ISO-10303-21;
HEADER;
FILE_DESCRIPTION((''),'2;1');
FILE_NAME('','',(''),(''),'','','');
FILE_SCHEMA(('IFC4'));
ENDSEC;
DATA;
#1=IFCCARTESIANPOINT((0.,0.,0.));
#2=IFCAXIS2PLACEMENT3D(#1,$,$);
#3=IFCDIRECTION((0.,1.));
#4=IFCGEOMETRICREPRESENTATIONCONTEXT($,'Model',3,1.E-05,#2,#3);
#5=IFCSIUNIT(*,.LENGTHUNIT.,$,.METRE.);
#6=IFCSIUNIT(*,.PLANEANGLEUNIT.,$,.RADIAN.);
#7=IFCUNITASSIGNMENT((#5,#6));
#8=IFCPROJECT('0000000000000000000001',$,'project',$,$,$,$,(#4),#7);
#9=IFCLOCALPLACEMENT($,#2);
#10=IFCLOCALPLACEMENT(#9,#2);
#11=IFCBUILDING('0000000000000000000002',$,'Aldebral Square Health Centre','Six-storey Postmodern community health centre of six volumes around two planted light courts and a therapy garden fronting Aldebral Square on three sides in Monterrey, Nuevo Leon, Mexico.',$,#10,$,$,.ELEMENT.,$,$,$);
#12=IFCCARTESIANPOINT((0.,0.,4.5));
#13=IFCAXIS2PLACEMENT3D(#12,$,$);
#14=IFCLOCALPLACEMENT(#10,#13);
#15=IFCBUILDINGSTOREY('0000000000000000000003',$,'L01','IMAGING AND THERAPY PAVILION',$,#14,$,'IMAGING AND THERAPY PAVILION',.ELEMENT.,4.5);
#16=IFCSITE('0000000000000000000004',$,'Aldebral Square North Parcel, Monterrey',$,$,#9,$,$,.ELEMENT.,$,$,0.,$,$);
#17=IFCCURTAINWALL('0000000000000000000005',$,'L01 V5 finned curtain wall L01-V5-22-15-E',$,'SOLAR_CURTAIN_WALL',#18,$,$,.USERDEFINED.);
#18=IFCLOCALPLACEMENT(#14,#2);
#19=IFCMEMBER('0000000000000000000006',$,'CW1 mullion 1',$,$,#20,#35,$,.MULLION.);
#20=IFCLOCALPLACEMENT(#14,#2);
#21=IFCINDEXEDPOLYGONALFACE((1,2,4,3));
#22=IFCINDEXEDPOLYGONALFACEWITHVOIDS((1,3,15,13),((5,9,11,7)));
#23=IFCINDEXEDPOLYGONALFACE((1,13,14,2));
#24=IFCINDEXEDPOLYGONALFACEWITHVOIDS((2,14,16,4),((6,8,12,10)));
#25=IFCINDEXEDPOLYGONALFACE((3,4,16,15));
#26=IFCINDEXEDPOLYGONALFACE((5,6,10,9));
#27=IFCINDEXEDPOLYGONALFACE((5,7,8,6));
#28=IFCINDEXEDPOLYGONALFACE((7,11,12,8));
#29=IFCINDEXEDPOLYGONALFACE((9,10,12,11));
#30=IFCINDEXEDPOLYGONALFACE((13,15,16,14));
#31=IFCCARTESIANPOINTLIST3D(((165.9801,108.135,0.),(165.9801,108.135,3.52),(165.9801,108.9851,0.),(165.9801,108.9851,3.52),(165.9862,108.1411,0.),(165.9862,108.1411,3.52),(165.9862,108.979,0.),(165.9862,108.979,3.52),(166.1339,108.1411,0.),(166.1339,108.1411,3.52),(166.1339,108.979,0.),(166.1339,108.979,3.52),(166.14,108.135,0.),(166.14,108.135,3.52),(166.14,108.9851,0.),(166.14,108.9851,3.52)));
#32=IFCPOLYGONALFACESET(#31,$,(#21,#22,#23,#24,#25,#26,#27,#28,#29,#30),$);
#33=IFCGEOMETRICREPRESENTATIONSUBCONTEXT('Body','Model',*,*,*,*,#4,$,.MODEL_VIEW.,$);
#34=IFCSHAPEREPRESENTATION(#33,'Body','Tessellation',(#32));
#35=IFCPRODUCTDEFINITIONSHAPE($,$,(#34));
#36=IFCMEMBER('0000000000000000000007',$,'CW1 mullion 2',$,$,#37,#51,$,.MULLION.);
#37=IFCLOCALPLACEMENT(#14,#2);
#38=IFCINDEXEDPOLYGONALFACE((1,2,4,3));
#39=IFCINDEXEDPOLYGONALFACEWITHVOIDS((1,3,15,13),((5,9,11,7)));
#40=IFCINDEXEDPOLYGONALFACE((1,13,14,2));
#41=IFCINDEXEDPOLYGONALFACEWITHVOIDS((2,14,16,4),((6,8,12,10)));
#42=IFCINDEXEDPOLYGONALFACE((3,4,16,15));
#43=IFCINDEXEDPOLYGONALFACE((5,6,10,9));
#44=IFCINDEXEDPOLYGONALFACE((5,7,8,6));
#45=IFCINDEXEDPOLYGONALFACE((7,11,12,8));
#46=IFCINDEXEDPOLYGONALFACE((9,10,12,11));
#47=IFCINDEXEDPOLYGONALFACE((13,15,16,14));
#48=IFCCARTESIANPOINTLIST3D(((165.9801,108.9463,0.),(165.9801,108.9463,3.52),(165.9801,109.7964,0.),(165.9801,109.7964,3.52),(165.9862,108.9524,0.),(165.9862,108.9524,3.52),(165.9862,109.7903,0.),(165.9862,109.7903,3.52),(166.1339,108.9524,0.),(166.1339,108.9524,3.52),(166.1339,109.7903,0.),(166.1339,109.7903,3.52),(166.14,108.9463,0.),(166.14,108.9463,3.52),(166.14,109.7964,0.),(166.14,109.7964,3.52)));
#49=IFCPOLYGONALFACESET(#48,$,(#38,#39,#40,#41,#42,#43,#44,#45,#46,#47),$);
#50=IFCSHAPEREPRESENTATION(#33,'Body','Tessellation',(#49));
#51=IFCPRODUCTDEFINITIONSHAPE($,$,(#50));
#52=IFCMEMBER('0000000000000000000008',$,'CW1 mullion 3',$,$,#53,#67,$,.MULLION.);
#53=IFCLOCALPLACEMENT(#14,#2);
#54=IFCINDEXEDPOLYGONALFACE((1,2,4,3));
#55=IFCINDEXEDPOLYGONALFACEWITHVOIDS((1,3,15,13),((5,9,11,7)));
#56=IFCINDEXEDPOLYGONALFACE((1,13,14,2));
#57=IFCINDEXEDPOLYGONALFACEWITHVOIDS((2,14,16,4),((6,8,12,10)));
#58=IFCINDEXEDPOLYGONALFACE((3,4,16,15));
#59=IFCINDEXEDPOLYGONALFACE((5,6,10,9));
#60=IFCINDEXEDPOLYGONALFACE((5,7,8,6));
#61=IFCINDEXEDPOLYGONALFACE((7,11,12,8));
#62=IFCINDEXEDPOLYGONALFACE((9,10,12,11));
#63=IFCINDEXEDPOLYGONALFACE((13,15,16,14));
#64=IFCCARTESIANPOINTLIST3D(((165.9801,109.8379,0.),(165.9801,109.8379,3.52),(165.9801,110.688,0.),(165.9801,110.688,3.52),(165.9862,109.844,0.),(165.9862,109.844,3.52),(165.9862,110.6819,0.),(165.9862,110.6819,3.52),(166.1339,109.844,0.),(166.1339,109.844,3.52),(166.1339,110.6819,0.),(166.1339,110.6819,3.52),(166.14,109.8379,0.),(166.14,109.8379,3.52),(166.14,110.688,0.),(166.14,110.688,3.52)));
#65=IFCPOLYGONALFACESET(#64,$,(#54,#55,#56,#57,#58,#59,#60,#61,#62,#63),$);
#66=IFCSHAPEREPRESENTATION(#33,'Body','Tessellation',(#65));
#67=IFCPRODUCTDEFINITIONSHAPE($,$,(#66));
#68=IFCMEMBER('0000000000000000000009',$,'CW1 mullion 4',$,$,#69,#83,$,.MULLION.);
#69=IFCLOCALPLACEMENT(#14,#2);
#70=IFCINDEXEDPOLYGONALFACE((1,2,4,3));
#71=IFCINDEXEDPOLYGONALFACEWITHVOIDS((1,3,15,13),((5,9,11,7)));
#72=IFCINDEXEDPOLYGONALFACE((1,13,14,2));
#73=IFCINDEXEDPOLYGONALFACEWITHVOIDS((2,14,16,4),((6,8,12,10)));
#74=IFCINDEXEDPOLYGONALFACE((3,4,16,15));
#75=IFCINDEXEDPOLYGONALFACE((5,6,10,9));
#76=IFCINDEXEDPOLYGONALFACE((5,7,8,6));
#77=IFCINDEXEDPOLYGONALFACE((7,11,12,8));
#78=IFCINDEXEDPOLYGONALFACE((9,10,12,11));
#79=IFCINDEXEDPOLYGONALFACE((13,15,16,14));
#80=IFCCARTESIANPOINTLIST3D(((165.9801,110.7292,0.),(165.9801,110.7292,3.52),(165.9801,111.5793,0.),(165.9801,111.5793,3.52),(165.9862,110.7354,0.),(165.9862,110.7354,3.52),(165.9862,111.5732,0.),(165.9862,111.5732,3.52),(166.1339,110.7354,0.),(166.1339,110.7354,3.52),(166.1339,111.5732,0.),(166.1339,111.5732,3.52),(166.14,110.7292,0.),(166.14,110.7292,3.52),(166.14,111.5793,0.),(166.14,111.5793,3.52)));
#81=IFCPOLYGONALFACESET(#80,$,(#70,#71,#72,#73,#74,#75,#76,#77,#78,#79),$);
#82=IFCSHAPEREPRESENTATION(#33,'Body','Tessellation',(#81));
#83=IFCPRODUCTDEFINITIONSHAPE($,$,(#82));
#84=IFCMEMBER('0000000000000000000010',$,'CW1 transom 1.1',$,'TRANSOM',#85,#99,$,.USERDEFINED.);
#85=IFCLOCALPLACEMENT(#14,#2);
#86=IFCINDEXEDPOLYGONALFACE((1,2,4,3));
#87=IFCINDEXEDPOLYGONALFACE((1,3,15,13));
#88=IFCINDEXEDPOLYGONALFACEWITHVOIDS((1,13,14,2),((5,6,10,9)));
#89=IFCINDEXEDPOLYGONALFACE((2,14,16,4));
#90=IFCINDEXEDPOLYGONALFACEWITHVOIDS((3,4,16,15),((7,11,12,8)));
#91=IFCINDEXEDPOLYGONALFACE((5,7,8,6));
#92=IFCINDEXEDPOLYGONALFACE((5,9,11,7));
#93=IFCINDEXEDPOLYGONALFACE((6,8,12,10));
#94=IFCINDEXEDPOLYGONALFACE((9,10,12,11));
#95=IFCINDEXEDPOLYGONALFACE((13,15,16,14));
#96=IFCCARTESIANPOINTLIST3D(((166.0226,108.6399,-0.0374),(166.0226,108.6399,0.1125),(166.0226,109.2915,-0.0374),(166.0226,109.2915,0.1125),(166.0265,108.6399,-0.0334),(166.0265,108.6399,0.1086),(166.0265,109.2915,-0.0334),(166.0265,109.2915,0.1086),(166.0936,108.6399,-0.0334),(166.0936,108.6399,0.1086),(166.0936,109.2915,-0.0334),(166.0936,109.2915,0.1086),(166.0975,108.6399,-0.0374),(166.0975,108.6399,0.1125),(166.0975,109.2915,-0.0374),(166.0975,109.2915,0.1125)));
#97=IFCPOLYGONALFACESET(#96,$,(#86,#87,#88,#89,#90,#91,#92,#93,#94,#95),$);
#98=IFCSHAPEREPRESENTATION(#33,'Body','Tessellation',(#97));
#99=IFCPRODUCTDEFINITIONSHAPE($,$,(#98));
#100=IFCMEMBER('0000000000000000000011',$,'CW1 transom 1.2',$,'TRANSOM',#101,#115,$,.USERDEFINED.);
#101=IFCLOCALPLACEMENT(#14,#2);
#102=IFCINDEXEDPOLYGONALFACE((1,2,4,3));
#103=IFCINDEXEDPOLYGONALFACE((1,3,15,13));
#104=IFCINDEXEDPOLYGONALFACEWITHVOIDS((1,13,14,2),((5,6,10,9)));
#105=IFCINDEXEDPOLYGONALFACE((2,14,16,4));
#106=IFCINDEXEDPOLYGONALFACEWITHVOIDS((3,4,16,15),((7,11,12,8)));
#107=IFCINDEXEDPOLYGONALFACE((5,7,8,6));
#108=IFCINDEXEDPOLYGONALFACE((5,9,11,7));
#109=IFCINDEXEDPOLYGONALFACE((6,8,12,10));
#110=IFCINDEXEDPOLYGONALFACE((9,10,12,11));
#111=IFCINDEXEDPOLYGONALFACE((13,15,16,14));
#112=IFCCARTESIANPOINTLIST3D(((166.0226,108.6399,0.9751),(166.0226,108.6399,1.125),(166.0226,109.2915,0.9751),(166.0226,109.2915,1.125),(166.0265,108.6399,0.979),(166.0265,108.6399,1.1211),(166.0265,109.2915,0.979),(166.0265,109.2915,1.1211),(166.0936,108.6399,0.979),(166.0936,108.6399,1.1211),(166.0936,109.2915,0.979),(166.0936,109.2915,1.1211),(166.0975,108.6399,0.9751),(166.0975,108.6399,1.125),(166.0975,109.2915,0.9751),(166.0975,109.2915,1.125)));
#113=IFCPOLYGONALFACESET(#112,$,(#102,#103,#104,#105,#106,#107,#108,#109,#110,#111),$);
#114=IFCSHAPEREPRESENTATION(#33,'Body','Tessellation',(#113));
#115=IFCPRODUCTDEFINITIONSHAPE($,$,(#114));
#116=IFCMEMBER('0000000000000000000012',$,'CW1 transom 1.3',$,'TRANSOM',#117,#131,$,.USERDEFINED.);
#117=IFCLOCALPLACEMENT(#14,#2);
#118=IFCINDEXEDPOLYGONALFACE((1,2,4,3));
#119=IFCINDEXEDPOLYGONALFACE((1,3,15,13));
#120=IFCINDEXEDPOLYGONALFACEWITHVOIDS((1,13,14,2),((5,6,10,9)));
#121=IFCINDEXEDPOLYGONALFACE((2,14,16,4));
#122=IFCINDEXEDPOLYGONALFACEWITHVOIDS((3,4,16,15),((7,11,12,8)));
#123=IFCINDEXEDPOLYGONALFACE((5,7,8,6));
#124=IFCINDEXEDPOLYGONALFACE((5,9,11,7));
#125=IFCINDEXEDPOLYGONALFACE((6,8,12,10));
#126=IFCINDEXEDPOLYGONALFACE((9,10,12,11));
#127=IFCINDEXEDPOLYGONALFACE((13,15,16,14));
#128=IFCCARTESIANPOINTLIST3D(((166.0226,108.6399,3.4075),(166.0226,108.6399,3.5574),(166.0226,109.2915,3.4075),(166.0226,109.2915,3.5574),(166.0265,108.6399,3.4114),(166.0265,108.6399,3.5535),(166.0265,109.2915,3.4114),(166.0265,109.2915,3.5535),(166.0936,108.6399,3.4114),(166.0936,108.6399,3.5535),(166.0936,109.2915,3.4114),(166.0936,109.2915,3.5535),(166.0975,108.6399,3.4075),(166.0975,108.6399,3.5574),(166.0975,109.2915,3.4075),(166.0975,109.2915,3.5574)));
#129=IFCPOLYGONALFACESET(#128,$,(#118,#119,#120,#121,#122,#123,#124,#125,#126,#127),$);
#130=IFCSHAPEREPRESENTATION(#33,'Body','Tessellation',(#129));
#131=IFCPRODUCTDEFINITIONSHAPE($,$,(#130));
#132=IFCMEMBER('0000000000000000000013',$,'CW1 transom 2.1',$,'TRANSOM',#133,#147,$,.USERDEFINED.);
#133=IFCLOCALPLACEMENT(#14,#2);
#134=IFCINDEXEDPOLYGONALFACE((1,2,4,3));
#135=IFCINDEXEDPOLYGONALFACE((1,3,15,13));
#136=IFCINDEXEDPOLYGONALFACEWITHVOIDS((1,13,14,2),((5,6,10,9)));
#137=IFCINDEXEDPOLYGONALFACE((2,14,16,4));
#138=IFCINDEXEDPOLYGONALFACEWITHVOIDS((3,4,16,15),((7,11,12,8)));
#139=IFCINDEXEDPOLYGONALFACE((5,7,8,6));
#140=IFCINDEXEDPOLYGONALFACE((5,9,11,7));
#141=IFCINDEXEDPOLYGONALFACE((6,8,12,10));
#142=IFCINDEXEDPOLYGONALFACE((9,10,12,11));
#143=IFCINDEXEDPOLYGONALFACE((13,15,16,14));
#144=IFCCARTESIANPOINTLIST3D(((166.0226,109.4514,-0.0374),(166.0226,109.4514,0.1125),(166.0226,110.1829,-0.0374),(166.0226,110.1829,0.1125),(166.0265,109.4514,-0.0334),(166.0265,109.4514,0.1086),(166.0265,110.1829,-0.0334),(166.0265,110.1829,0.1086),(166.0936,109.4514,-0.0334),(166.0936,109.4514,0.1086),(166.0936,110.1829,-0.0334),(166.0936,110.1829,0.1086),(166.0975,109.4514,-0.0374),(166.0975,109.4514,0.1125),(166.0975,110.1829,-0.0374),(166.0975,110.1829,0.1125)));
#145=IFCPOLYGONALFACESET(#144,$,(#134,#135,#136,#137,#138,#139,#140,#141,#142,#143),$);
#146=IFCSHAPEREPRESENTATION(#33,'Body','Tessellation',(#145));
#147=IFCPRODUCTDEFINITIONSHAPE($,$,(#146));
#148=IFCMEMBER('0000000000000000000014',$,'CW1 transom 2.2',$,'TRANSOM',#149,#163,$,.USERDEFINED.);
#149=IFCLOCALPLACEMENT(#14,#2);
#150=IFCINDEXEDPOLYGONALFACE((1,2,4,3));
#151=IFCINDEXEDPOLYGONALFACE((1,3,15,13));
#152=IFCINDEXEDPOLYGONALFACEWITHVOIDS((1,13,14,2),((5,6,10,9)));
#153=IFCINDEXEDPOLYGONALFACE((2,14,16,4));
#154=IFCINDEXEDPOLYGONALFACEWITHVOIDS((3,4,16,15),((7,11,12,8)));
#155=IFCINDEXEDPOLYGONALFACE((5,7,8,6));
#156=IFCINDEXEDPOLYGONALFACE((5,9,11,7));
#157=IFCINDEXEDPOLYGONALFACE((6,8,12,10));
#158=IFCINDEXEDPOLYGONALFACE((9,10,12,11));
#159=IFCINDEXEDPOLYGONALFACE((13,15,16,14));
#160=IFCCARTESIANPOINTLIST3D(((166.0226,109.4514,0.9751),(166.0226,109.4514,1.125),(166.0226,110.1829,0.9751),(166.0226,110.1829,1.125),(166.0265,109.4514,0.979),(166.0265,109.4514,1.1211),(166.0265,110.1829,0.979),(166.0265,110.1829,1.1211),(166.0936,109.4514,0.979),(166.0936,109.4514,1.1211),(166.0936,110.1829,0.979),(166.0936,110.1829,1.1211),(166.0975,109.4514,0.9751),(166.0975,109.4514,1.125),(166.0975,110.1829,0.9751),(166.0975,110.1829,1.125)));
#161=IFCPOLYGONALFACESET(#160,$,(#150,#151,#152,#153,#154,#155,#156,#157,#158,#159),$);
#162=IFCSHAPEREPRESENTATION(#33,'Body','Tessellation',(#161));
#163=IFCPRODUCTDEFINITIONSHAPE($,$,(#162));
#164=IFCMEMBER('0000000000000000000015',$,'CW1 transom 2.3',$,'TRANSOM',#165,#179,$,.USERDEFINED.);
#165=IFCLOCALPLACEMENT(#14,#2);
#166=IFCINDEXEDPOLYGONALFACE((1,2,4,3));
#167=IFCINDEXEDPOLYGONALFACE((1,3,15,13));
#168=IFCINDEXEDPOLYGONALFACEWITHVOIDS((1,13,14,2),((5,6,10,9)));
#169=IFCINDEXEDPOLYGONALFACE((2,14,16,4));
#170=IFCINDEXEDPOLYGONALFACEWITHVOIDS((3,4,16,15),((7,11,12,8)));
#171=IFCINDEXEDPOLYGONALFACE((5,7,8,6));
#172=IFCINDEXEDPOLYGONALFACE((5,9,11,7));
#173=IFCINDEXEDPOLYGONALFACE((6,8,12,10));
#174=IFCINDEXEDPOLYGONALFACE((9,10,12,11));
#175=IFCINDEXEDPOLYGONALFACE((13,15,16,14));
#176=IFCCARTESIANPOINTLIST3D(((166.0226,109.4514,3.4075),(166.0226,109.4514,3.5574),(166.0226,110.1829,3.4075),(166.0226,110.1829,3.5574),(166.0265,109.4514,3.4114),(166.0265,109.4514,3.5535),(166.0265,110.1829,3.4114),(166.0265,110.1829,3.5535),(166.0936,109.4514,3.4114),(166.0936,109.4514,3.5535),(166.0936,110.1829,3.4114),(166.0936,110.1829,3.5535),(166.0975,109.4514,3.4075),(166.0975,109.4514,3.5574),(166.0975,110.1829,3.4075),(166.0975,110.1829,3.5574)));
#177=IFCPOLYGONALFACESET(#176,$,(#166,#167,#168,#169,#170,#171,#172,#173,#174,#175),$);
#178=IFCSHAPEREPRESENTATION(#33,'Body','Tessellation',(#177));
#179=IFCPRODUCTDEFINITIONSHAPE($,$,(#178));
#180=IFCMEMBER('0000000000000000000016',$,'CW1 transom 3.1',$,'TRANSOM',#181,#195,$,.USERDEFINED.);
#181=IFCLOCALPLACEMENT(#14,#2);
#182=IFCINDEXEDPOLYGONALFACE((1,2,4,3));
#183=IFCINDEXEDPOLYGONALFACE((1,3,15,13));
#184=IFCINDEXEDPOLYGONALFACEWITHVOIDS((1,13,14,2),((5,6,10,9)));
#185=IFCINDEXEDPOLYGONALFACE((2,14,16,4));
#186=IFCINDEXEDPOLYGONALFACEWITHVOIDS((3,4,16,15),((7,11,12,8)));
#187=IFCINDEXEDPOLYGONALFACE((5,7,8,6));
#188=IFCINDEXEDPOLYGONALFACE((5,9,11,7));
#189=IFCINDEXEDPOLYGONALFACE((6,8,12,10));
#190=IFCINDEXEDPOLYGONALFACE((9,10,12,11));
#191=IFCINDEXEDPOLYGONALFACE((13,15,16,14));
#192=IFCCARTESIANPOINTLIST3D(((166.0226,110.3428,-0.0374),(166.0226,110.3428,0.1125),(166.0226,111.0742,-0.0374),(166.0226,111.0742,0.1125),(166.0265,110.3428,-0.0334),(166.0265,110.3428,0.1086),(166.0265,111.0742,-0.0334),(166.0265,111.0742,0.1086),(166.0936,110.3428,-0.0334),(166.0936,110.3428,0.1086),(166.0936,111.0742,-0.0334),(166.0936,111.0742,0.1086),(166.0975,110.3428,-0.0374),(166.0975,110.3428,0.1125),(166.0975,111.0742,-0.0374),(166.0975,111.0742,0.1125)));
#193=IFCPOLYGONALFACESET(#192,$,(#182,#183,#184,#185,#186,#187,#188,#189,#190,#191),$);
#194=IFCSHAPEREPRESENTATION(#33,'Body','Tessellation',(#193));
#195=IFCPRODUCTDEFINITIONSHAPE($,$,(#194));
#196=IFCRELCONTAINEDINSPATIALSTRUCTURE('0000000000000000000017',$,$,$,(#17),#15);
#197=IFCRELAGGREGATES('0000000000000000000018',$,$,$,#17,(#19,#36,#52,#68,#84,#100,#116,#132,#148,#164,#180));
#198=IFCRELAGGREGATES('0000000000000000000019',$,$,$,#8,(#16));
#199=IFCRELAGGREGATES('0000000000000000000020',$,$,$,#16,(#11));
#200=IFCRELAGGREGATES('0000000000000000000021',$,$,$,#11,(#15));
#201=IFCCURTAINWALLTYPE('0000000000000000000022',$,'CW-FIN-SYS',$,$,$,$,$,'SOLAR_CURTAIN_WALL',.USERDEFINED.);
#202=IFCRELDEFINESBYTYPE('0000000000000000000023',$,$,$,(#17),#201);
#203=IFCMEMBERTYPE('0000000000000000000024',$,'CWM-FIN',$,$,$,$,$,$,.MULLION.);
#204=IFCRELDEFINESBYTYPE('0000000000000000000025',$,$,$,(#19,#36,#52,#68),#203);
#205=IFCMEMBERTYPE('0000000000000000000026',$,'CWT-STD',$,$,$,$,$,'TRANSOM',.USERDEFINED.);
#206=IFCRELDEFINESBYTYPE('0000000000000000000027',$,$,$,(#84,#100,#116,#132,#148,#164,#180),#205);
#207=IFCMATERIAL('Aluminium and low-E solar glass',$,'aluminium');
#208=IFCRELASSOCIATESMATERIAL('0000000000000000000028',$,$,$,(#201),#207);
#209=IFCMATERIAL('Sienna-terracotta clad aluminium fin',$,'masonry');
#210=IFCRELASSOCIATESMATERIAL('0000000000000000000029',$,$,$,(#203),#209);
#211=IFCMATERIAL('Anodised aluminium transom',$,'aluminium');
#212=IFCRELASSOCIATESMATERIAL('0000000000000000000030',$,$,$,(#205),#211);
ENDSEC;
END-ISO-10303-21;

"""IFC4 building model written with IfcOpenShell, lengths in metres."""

from ifc_helpers import new_model, si_unit, direction, frame, origin, origin_2d, place, context, subcontext, project, spatial, hollow_rectangle, extrude, material, material_profile, profile_set, type_object, element, aggregate, save


model = new_model("IFC4")

# Units and contexts
model_context = context("Model", 3, precision=1e-05, world=origin(), true_north=direction((0.0, 1.0)))
body_context = subcontext(model_context, "Body", "Model", "MODEL_VIEW")
ifc_project = project(units=[si_unit("LENGTHUNIT", "METRE"), si_unit("PLANEANGLEUNIT", "RADIAN")], contexts=[model_context])

# Site, building, storey
site_placement = place(None, origin())
site = spatial("IfcSite", under=ifc_project, at=site_placement, Name="Aldebral Square North Parcel, Monterrey", CompositionType="ELEMENT", RefElevation=0.0)
building_placement = place(site_placement, origin())
building = spatial("IfcBuilding", under=site, at=building_placement, Name="Aldebral Square Health Centre", Description="Six-storey Postmodern community health centre of six volumes around two planted light courts and a therapy garden fronting Aldebral Square on three sides in Monterrey, Nuevo Leon, Mexico.", CompositionType="ELEMENT")
storey_placement = place(building_placement, frame((0.0, 0.0, 4.5)))
storey = spatial("IfcBuildingStorey", under=building, at=storey_placement, Name="L01", Description="IMAGING AND THERAPY PAVILION", LongName="IMAGING AND THERAPY PAVILION", CompositionType="ELEMENT", Elevation=4.5)

# Curtain wall, members
ifc_material_1 = material(Name="Aluminium and low-E solar glass", Category="aluminium")
curtain_wall_type = type_object("IfcCurtainWallType", Name="CW-FIN-SYS", ElementType="SOLAR_CURTAIN_WALL", PredefinedType="USERDEFINED", material=ifc_material_1)
curtain_wall_placement = place(storey_placement, origin())
curtain_wall = element("IfcCurtainWall", 1, at=curtain_wall_placement, inside=storey, type_object=curtain_wall_type, Name="L01 V5 finned curtain wall L01-V5-22-15-E", ObjectType="SOLAR_CURTAIN_WALL", PredefinedType="USERDEFINED")
ifc_material_2 = material(Name="Sienna-terracotta clad aluminium fin", Category="masonry")
ifc_material_profile_1 = material_profile(ifc_material_2, hollow_rectangle(XDim=0.1599, YDim=0.8501, WallThickness=0.0061, at=origin_2d()), Name="FIN 160x850x6")
ifc_profile_set_1 = profile_set([ifc_material_profile_1], Name="Sienna-terracotta clad aluminium fin")
member_type_1 = type_object("IfcMemberType", Name="CWM-FIN", PredefinedType="MULLION", material=ifc_profile_set_1)
member_1_placement = place(storey_placement, frame((166.0601, 108.5601, 0.0), z_axis=(0.0, 0.0, 1.0), x_axis=(-1.0, 0.0, 0.0)))
member_1 = element("IfcMember", 2, at=member_1_placement, type_object=member_type_1, Name="CW1 mullion 1", PredefinedType="MULLION", context=body_context, shape_type="SweptSolid", body=[
    extrude(hollow_rectangle(XDim=0.1599, YDim=0.8501, WallThickness=0.0061, at=origin_2d()), origin(), (0.0, 0.0, 1.0), 3.52),
])
member_2_placement = place(storey_placement, frame((166.0601, 109.3713, 0.0), z_axis=(0.0, 0.0, 1.0), x_axis=(-1.0, 0.0, 0.0)))
member_2 = element("IfcMember", 3, at=member_2_placement, type_object=member_type_1, Name="CW1 mullion 2", PredefinedType="MULLION", context=body_context, shape_type="SweptSolid", body=[
    extrude(hollow_rectangle(XDim=0.1599, YDim=0.8501, WallThickness=0.0061, at=origin_2d()), origin(), (0.0, 0.0, 1.0), 3.52),
])
member_3_placement = place(storey_placement, frame((166.0601, 110.2629, 0.0), z_axis=(0.0, 0.0, 1.0), x_axis=(-1.0, 0.0, 0.0)))
member_3 = element("IfcMember", 4, at=member_3_placement, type_object=member_type_1, Name="CW1 mullion 3", PredefinedType="MULLION", context=body_context, shape_type="SweptSolid", body=[
    extrude(hollow_rectangle(XDim=0.1599, YDim=0.8501, WallThickness=0.0061, at=origin_2d()), origin(), (0.0, 0.0, 1.0), 3.52),
])
member_4_placement = place(storey_placement, frame((166.0601, 111.1543, 0.0), z_axis=(0.0, 0.0, 1.0), x_axis=(-1.0, 0.0, 0.0)))
member_4 = element("IfcMember", 5, at=member_4_placement, type_object=member_type_1, Name="CW1 mullion 4", PredefinedType="MULLION", context=body_context, shape_type="SweptSolid", body=[
    extrude(hollow_rectangle(XDim=0.1599, YDim=0.8501, WallThickness=0.0061, at=origin_2d()), origin(), (0.0, 0.0, 1.0), 3.52),
])
ifc_material_3 = material(Name="Anodised aluminium transom", Category="aluminium")
ifc_material_profile_2 = material_profile(ifc_material_3, hollow_rectangle(XDim=0.075, YDim=0.1499, WallThickness=0.0039, at=origin_2d()), Name="CWT 75x150x4")
ifc_profile_set_2 = profile_set([ifc_material_profile_2], Name="Anodised aluminium transom")
member_type_2 = type_object("IfcMemberType", Name="CWT-STD", ElementType="TRANSOM", PredefinedType="USERDEFINED", material=ifc_profile_set_2)
member_5_placement = place(storey_placement, frame((166.0601, 108.6399, 0.0376), z_axis=(0.0, 1.0, 0.0), x_axis=(-1.0, 0.0, 0.0)))
member_5 = element("IfcMember", 6, at=member_5_placement, type_object=member_type_2, Name="CW1 transom 1.1", ObjectType="TRANSOM", PredefinedType="USERDEFINED", context=body_context, shape_type="SweptSolid", body=[
    extrude(hollow_rectangle(XDim=0.075, YDim=0.1499, WallThickness=0.0039, at=origin_2d()), origin(), (0.0, 0.0, 1.0), 0.6516),
])
member_6_placement = place(storey_placement, frame((166.0601, 108.6399, 1.05), z_axis=(0.0, 1.0, 0.0), x_axis=(-1.0, 0.0, 0.0)))
member_6 = element("IfcMember", 7, at=member_6_placement, type_object=member_type_2, Name="CW1 transom 1.2", ObjectType="TRANSOM", PredefinedType="USERDEFINED", context=body_context, shape_type="SweptSolid", body=[
    extrude(hollow_rectangle(XDim=0.075, YDim=0.1499, WallThickness=0.0039, at=origin_2d()), origin(), (0.0, 0.0, 1.0), 0.6516),
])
member_7_placement = place(storey_placement, frame((166.0601, 108.6399, 3.4824), z_axis=(0.0, 1.0, 0.0), x_axis=(-1.0, 0.0, 0.0)))
member_7 = element("IfcMember", 8, at=member_7_placement, type_object=member_type_2, Name="CW1 transom 1.3", ObjectType="TRANSOM", PredefinedType="USERDEFINED", context=body_context, shape_type="SweptSolid", body=[
    extrude(hollow_rectangle(XDim=0.075, YDim=0.1499, WallThickness=0.0039, at=origin_2d()), origin(), (0.0, 0.0, 1.0), 0.6516),
])
member_8_placement = place(storey_placement, frame((166.0601, 109.4514, 0.0376), z_axis=(0.0, 1.0, 0.0), x_axis=(-1.0, 0.0, 0.0)))
member_8 = element("IfcMember", 9, at=member_8_placement, type_object=member_type_2, Name="CW1 transom 2.1", ObjectType="TRANSOM", PredefinedType="USERDEFINED", context=body_context, shape_type="SweptSolid", body=[
    extrude(hollow_rectangle(XDim=0.075, YDim=0.1499, WallThickness=0.0039, at=origin_2d()), origin(), (0.0, 0.0, 1.0), 0.7314),
])
member_9_placement = place(storey_placement, frame((166.0601, 109.4514, 1.05), z_axis=(0.0, 1.0, 0.0), x_axis=(-1.0, 0.0, 0.0)))
member_9 = element("IfcMember", 10, at=member_9_placement, type_object=member_type_2, Name="CW1 transom 2.2", ObjectType="TRANSOM", PredefinedType="USERDEFINED", context=body_context, shape_type="SweptSolid", body=[
    extrude(hollow_rectangle(XDim=0.075, YDim=0.1499, WallThickness=0.0039, at=origin_2d()), origin(), (0.0, 0.0, 1.0), 0.7314),
])
member_10_placement = place(storey_placement, frame((166.0601, 109.4514, 3.4824), z_axis=(0.0, 1.0, 0.0), x_axis=(-1.0, 0.0, 0.0)))
member_10 = element("IfcMember", 11, at=member_10_placement, type_object=member_type_2, Name="CW1 transom 2.3", ObjectType="TRANSOM", PredefinedType="USERDEFINED", context=body_context, shape_type="SweptSolid", body=[
    extrude(hollow_rectangle(XDim=0.075, YDim=0.1499, WallThickness=0.0039, at=origin_2d()), origin(), (0.0, 0.0, 1.0), 0.7314),
])
member_11_placement = place(storey_placement, frame((166.0601, 110.3428, 0.0376), z_axis=(0.0, 1.0, 0.0), x_axis=(-1.0, 0.0, 0.0)))
member_11 = element("IfcMember", 12, at=member_11_placement, type_object=member_type_2, Name="CW1 transom 3.1", ObjectType="TRANSOM", PredefinedType="USERDEFINED", context=body_context, shape_type="SweptSolid", body=[
    extrude(hollow_rectangle(XDim=0.075, YDim=0.1499, WallThickness=0.0039, at=origin_2d()), origin(), (0.0, 0.0, 1.0), 0.7314),
])
aggregate(curtain_wall, [member_1, member_2, member_3, member_4, member_5, member_6, member_7, member_8, member_9, member_10, member_11])

save(model, "model.ifc")
